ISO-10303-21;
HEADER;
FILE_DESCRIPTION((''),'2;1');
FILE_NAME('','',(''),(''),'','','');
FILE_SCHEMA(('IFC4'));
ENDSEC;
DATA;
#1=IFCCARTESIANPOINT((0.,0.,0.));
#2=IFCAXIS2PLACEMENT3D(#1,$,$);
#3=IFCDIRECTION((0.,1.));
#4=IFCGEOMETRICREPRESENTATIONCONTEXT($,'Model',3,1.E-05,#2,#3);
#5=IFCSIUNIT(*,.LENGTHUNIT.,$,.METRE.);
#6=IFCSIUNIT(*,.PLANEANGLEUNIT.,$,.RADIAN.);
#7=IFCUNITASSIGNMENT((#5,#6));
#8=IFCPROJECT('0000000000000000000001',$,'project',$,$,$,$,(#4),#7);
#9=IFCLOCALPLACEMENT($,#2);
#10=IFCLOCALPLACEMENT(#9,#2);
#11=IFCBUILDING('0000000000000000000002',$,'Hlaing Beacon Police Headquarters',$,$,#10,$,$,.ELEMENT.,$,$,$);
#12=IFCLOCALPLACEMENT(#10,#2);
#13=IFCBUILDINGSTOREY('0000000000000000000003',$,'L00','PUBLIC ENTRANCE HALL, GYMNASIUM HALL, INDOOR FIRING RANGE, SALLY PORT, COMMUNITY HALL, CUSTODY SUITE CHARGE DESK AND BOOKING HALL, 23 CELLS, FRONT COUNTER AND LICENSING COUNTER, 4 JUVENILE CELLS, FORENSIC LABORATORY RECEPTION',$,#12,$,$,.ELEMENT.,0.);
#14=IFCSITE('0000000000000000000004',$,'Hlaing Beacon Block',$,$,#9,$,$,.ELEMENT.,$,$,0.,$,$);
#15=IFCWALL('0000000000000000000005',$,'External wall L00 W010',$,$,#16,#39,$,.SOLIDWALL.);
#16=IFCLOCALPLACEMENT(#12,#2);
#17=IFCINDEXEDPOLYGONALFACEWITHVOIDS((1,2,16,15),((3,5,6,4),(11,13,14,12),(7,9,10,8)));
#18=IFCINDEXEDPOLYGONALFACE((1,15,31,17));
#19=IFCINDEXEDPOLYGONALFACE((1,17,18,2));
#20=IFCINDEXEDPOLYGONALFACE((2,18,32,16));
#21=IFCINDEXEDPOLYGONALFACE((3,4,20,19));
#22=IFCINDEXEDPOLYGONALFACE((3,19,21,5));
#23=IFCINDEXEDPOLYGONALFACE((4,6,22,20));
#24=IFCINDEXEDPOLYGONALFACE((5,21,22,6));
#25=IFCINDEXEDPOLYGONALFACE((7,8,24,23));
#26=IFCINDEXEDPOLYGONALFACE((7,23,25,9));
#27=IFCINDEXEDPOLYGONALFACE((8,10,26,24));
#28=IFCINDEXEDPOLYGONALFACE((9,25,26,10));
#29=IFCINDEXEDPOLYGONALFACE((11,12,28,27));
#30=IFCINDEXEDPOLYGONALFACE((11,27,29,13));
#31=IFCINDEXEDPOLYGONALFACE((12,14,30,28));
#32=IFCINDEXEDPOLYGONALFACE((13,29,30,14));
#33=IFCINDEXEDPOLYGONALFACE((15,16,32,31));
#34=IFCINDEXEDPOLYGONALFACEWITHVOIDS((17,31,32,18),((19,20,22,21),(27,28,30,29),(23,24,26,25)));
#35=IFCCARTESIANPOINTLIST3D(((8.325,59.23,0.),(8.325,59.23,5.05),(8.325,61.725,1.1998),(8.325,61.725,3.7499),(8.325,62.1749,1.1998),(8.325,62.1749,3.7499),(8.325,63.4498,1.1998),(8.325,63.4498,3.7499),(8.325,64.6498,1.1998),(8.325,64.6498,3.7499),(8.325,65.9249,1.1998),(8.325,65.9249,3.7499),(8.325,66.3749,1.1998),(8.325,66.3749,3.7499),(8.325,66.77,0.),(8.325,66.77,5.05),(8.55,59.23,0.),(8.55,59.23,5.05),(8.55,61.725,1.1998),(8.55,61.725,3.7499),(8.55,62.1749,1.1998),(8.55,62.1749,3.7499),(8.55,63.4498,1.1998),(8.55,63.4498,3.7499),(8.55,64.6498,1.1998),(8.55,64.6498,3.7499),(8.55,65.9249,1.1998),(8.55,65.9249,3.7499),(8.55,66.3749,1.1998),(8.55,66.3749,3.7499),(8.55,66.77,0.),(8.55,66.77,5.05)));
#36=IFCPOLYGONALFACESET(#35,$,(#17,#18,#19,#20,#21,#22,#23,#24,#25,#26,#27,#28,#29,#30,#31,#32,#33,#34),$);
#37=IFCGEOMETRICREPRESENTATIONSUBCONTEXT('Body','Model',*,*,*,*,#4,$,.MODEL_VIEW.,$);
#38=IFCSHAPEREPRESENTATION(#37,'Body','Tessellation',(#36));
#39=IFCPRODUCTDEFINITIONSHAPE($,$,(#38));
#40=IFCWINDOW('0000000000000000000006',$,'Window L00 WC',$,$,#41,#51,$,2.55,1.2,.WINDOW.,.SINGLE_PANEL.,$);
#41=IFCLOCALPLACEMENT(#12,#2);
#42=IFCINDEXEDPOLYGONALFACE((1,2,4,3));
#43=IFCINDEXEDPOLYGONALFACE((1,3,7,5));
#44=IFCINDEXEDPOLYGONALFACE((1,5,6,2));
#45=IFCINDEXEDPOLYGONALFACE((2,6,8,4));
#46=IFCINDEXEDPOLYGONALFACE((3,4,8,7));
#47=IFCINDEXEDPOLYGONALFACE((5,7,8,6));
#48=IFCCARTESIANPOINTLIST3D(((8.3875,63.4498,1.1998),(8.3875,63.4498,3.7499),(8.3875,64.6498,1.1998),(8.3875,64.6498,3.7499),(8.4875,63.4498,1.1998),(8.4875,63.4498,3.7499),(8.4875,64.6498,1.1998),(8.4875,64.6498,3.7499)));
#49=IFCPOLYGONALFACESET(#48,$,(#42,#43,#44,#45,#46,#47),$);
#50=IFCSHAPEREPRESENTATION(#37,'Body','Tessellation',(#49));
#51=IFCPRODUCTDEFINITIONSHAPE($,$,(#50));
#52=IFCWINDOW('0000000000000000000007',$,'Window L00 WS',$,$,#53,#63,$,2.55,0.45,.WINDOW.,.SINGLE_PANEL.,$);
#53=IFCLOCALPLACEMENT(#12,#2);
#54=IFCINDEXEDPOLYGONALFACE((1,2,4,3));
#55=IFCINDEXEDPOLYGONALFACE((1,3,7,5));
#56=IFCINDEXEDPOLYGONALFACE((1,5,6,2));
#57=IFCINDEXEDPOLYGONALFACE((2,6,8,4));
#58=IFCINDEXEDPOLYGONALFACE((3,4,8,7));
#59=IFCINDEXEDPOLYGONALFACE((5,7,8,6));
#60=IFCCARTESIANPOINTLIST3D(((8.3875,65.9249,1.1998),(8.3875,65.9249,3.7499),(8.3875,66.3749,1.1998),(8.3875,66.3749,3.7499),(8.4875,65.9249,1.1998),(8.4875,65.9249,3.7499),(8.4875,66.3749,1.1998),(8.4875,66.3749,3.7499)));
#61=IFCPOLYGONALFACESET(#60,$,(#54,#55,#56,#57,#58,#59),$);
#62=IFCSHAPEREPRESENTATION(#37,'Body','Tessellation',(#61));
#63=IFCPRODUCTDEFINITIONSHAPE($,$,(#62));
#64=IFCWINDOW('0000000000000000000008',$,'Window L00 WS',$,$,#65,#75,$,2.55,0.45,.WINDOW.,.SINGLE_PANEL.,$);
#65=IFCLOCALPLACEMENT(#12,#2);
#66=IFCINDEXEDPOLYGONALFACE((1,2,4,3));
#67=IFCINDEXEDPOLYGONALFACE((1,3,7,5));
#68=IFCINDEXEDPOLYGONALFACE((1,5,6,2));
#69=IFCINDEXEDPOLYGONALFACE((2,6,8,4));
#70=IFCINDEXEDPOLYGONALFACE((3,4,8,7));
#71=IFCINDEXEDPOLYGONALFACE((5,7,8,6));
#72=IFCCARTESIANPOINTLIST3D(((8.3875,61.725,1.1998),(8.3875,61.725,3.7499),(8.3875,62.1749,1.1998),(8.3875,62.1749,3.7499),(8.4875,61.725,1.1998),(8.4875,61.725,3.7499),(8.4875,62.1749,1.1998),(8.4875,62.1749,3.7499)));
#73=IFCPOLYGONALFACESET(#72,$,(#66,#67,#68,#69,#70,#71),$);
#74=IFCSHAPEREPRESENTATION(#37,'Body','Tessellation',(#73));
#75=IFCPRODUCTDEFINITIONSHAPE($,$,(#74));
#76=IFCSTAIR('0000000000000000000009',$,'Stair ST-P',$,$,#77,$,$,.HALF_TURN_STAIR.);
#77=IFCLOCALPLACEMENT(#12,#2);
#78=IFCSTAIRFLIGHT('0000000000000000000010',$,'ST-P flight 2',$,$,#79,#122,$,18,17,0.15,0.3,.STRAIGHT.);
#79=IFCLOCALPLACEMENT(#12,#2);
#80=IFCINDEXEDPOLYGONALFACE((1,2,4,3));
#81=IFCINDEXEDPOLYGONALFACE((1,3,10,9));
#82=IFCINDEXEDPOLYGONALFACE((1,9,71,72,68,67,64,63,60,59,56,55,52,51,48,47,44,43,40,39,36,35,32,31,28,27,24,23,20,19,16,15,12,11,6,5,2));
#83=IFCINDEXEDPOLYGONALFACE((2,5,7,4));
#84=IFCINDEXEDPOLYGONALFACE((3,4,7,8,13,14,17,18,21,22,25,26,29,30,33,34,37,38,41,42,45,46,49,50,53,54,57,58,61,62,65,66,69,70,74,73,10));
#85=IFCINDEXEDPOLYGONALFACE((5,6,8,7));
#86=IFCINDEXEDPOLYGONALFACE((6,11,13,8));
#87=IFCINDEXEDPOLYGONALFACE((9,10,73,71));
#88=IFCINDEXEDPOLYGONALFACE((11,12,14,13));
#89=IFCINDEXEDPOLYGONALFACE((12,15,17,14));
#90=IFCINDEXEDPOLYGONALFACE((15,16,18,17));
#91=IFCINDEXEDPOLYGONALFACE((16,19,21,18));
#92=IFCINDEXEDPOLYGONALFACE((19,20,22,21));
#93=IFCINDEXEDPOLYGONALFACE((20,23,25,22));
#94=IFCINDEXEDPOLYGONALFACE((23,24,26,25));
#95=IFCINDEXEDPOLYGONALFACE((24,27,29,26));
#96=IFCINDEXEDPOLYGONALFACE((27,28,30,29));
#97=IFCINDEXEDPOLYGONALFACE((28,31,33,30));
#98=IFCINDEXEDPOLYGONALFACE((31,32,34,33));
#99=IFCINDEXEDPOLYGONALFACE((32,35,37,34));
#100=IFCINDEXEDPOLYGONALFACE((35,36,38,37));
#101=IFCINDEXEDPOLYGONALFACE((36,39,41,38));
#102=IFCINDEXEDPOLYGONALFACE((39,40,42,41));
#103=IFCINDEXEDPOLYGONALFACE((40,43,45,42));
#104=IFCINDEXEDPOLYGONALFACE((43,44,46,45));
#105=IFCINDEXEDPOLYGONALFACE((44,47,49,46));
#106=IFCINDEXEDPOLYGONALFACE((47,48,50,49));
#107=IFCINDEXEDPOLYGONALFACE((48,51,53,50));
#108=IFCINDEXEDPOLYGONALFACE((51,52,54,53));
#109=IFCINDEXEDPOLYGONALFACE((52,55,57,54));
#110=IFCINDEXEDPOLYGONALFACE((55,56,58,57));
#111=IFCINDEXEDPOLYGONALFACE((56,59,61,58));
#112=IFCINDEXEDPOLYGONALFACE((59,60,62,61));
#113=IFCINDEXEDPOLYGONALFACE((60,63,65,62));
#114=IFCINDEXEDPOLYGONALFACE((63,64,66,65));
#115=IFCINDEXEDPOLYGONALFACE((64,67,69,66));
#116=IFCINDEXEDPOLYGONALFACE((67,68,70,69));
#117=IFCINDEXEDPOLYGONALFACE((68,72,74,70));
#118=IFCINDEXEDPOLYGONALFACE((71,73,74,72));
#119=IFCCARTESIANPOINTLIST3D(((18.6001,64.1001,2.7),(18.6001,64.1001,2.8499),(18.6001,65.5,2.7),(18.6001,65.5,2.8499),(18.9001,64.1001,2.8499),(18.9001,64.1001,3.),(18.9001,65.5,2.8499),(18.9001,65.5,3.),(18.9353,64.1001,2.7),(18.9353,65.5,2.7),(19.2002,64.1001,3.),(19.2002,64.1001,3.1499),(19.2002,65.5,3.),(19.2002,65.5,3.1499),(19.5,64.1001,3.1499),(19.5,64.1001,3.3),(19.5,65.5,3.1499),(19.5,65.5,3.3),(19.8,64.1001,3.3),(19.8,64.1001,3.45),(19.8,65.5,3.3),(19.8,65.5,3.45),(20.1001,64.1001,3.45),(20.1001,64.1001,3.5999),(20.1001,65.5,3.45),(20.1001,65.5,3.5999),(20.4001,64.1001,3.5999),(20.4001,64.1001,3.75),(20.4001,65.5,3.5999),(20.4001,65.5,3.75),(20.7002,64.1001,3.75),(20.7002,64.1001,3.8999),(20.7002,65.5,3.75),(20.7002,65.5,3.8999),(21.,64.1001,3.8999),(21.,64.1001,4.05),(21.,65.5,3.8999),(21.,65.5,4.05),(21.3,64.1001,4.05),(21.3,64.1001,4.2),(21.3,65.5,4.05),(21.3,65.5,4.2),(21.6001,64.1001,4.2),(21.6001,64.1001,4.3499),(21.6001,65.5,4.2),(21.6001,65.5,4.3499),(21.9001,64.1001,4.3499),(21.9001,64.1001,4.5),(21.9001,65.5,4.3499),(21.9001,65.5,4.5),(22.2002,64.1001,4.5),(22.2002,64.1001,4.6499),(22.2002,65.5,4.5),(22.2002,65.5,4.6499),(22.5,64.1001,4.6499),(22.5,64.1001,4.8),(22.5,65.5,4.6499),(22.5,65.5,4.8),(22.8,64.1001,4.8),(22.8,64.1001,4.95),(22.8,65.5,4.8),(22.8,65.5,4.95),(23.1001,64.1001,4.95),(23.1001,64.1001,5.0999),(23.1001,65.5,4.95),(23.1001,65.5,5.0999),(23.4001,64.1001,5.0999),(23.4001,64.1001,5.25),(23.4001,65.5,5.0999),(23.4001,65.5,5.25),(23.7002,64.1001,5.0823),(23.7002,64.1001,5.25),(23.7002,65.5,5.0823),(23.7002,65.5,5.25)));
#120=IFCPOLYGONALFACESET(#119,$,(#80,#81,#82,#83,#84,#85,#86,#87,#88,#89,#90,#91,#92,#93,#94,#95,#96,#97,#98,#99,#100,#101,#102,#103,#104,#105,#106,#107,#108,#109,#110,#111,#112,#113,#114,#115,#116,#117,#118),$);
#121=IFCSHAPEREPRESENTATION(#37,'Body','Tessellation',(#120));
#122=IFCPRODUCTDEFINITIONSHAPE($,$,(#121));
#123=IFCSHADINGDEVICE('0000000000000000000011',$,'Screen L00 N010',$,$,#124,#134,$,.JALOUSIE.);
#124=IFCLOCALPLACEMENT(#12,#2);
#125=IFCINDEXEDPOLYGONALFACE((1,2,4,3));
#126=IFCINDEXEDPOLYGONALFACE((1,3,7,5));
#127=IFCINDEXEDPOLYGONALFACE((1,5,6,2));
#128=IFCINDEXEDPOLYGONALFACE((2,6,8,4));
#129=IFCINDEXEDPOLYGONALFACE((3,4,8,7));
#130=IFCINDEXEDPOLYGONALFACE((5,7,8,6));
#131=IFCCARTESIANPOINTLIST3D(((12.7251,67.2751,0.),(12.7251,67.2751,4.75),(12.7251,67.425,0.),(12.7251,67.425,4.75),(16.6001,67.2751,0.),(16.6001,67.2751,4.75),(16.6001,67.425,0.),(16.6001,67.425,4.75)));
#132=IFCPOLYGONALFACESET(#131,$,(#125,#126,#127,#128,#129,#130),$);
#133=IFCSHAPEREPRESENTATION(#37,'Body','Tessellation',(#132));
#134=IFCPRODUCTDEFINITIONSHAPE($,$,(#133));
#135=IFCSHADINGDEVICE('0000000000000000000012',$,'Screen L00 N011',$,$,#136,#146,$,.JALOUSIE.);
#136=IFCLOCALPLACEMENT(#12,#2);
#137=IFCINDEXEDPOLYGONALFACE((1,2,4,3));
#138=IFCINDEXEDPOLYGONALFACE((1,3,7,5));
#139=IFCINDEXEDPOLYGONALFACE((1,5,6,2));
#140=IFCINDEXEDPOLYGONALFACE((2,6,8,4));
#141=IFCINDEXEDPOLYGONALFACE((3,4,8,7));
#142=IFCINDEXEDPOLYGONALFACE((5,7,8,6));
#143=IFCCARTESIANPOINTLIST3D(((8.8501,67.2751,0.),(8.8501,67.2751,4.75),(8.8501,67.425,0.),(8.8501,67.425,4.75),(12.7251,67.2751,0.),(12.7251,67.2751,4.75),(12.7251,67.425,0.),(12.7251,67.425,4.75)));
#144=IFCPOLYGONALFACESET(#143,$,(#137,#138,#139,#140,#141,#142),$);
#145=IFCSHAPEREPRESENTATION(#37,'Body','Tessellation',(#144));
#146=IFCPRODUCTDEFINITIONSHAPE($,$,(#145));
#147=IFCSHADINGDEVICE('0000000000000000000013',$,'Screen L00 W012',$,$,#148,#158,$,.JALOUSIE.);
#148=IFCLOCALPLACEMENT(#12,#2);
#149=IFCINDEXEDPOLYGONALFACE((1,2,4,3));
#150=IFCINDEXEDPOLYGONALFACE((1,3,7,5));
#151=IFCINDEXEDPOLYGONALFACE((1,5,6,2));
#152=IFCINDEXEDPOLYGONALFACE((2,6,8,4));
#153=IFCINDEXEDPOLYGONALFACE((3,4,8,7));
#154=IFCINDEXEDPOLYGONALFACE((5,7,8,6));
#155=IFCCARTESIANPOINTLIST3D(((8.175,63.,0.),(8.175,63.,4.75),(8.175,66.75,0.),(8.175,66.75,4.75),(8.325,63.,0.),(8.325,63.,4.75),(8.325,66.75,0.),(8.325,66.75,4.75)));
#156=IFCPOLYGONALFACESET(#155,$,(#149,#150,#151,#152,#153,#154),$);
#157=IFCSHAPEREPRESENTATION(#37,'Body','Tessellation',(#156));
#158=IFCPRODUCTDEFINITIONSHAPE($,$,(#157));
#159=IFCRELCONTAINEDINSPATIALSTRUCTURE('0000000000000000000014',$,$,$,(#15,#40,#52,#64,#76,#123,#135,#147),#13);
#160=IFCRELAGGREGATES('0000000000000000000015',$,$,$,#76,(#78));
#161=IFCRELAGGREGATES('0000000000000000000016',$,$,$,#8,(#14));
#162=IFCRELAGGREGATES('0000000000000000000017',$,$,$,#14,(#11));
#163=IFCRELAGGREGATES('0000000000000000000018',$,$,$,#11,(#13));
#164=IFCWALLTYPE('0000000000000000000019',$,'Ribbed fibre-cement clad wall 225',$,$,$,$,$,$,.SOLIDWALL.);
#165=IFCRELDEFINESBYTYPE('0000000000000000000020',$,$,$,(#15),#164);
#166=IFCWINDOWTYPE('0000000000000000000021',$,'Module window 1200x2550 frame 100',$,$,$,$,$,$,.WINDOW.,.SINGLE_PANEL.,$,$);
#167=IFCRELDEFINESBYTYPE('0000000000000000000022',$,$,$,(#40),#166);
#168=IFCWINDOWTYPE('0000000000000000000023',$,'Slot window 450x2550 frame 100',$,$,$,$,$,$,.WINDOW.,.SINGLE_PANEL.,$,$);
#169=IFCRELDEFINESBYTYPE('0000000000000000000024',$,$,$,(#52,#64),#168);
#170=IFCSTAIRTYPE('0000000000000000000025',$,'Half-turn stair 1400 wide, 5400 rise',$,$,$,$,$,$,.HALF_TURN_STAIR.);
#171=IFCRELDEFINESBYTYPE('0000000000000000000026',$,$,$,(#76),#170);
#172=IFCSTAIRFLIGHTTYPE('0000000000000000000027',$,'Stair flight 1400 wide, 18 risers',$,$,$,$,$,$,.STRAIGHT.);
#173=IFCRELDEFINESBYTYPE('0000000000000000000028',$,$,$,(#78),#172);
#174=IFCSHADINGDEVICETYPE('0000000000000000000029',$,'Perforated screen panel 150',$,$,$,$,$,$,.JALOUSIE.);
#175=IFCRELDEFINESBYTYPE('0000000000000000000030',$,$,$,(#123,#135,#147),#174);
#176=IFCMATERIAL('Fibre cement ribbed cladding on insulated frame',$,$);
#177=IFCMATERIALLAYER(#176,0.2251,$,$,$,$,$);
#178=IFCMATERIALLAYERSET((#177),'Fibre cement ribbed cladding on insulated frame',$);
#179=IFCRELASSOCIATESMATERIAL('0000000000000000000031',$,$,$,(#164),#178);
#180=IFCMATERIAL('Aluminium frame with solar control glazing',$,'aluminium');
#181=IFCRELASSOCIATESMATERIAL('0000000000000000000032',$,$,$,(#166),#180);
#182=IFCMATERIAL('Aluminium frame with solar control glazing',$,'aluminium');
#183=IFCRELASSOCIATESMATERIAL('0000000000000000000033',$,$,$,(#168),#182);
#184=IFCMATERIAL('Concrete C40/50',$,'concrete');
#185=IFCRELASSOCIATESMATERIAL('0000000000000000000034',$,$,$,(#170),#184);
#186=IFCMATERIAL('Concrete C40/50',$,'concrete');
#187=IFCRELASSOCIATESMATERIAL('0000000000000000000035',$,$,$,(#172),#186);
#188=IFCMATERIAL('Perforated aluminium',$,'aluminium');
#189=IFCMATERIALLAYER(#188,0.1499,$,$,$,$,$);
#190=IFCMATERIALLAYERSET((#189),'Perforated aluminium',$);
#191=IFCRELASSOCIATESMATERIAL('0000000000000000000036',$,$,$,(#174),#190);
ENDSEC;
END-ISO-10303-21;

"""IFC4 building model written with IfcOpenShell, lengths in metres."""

from ifc_helpers import new_model, si_unit, direction, frame, frame_2d, origin, origin_2d, place, context, subcontext, project, spatial, polyline, rectangle, outline, extrude, material, layer, layer_set, type_object, element, fill, aggregate, save


model = new_model("IFC4")

# Units and contexts
model_context = context("Model", 3, precision=1e-05, world=origin(), true_north=direction((0.0, 1.0)))
body_context = subcontext(model_context, "Body", "Model", "MODEL_VIEW")
ifc_project = project(units=[si_unit("LENGTHUNIT", "METRE"), si_unit("PLANEANGLEUNIT", "RADIAN")], contexts=[model_context])

# Site, building, storey
site_placement = place(None, origin())
site = spatial("IfcSite", under=ifc_project, at=site_placement, Name="Hlaing Beacon Block", CompositionType="ELEMENT", RefElevation=0.0)
building_placement = place(site_placement, origin())
building = spatial("IfcBuilding", under=site, at=building_placement, Name="Hlaing Beacon Police Headquarters", CompositionType="ELEMENT")
storey_placement = place(building_placement, origin())
storey = spatial("IfcBuildingStorey", under=building, at=storey_placement, Name="L00", Description="PUBLIC ENTRANCE HALL, GYMNASIUM HALL, INDOOR FIRING RANGE, SALLY PORT, COMMUNITY HALL, CUSTODY SUITE CHARGE DESK AND BOOKING HALL, 23 CELLS, FRONT COUNTER AND LICENSING COUNTER, 4 JUVENILE CELLS, FORENSIC LABORATORY RECEPTION", CompositionType="ELEMENT", Elevation=0.0)

# Wall, openings, windows
ifc_material_1 = material(Name="Fibre cement ribbed cladding on insulated frame")
ifc_layer_1 = layer(ifc_material_1, 0.2251)
ifc_layer_set_1 = layer_set([ifc_layer_1], Name="Fibre cement ribbed cladding on insulated frame")
wall_type_1 = type_object("IfcWallType", Name="Ribbed fibre-cement clad wall 225", PredefinedType="SOLIDWALL", material=ifc_layer_set_1)
wall_1_placement = place(storey_placement, frame((8.4375, 66.77, 0.0), z_axis=(0.0, 0.0, 1.0), x_axis=(0.0, -1.0, 0.0)))
wall_1 = element("IfcWall", 1, at=wall_1_placement, inside=storey, type_object=wall_type_1, Name="External wall L00 W010", PredefinedType="SOLIDWALL", context=body_context, shape_type="SweptSolid", body=[
    extrude(rectangle(XDim=7.54, YDim=0.2251, at=frame_2d((3.77, 0.0))), origin(), (0.0, 0.0, 1.0), 5.05),
])
opening_1_placement = place(wall_1_placement, frame((0.395, 0.0, 1.2)))
opening_1 = element("IfcOpeningElement", 2, at=opening_1_placement, cuts=wall_1, PredefinedType="OPENING", context=body_context, shape_type="SweptSolid", body=[
    extrude(rectangle(XDim=0.45, YDim=2.55, at=frame_2d((0.2251, 1.2749))), frame((0.0, 0.1226, 0.0), z_axis=(0.0, -1.0, 0.0), x_axis=(1.0, 0.0, 0.0)), (0.0, 0.0, 1.0), 0.2451),
])
opening_2_placement = place(wall_1_placement, frame((2.1201, 0.0, 1.2)))
opening_2 = element("IfcOpeningElement", 3, at=opening_2_placement, cuts=wall_1, PredefinedType="OPENING", context=body_context, shape_type="SweptSolid", body=[
    extrude(rectangle(XDim=1.2, YDim=2.55, at=frame_2d((0.6001, 1.2749))), frame((0.0, 0.1226, 0.0), z_axis=(0.0, -1.0, 0.0), x_axis=(1.0, 0.0, 0.0)), (0.0, 0.0, 1.0), 0.2451),
])
opening_3_placement = place(wall_1_placement, frame((4.595, 0.0, 1.2)))
opening_3 = element("IfcOpeningElement", 4, at=opening_3_placement, cuts=wall_1, PredefinedType="OPENING", context=body_context, shape_type="SweptSolid", body=[
    extrude(rectangle(XDim=0.45, YDim=2.55, at=frame_2d((0.2251, 1.2749))), frame((0.0, 0.1226, 0.0), z_axis=(0.0, -1.0, 0.0), x_axis=(1.0, 0.0, 0.0)), (0.0, 0.0, 1.0), 0.2451),
])
ifc_material_2 = material(Name="Aluminium frame with solar control glazing", Category="aluminium")
window_type_1 = type_object("IfcWindowType", Name="Module window 1200x2550 frame 100", PartitioningType="SINGLE_PANEL", PredefinedType="WINDOW", material=ifc_material_2)
window_1_placement = place(opening_2_placement, origin())
window_1 = element("IfcWindow", 5, at=window_1_placement, inside=storey, type_object=window_type_1, Name="Window L00 WC", OverallHeight=2.55, OverallWidth=1.2, PartitioningType="SINGLE_PANEL", PredefinedType="WINDOW", context=body_context, shape_type="SweptSolid", body=[
    extrude(rectangle(XDim=1.2, YDim=2.55, at=frame_2d((0.6001, 1.2749))), frame((0.0, 0.05, 0.0), z_axis=(0.0, -1.0, 0.0), x_axis=(1.0, 0.0, 0.0)), (0.0, 0.0, 1.0), 0.1001),
])
fill(opening_2, window_1)
ifc_material_3 = material(Name="Aluminium frame with solar control glazing", Category="aluminium")
window_type_2 = type_object("IfcWindowType", Name="Slot window 450x2550 frame 100", PartitioningType="SINGLE_PANEL", PredefinedType="WINDOW", material=ifc_material_3)
window_2_placement = place(opening_1_placement, origin())
window_2 = element("IfcWindow", 6, at=window_2_placement, inside=storey, type_object=window_type_2, Name="Window L00 WS", OverallHeight=2.55, OverallWidth=0.45, PartitioningType="SINGLE_PANEL", PredefinedType="WINDOW", context=body_context, shape_type="SweptSolid", body=[
    extrude(rectangle(XDim=0.45, YDim=2.55, at=frame_2d((0.2251, 1.2749))), frame((0.0, 0.05, 0.0), z_axis=(0.0, -1.0, 0.0), x_axis=(1.0, 0.0, 0.0)), (0.0, 0.0, 1.0), 0.1001),
])
fill(opening_1, window_2)
window_3_placement = place(opening_3_placement, origin())
window_3 = element("IfcWindow", 7, at=window_3_placement, inside=storey, type_object=window_type_2, Name="Window L00 WS", OverallHeight=2.55, OverallWidth=0.45, PartitioningType="SINGLE_PANEL", PredefinedType="WINDOW", context=body_context, shape_type="SweptSolid", body=[
    extrude(rectangle(XDim=0.45, YDim=2.55, at=frame_2d((0.2251, 1.2749))), frame((0.0, 0.05, 0.0), z_axis=(0.0, -1.0, 0.0), x_axis=(1.0, 0.0, 0.0)), (0.0, 0.0, 1.0), 0.1001),
])
fill(opening_3, window_3)

# Stair, stair flight
ifc_material_4 = material(Name="Concrete C40/50", Category="concrete")
stair_type = type_object("IfcStairType", Name="Half-turn stair 1400 wide, 5400 rise", PredefinedType="HALF_TURN_STAIR", material=ifc_material_4)
stair_placement = place(storey_placement, origin())
stair = element("IfcStair", 8, at=stair_placement, inside=storey, type_object=stair_type, Name="Stair ST-P", PredefinedType="HALF_TURN_STAIR")
ifc_material_5 = material(Name="Concrete C40/50", Category="concrete")
stair_flight_type = type_object("IfcStairFlightType", Name="Stair flight 1400 wide, 18 risers", PredefinedType="STRAIGHT", material=ifc_material_5)
stair_flight_placement = place(storey_placement, frame((18.6001, 64.8, 2.7), z_axis=(0.0, 0.0, 1.0), x_axis=(1.0, 0.0, 0.0)))
stair_flight = element("IfcStairFlight", 9, at=stair_flight_placement, type_object=stair_flight_type, Name="ST-P flight 2", NumberOfRisers=18, NumberOfTreads=17, PredefinedType="STRAIGHT", RiserHeight=0.15, TreadLength=0.3, context=body_context, shape_type="SweptSolid", body=[
    extrude(outline(polyline([(0.0, 0.0), (0.0, 0.1499), (0.3, 0.1499), (0.3, 0.3), (0.6001, 0.3), (0.6001, 0.45), (0.8999, 0.45), (0.8999, 0.6001), (1.2, 0.6001), (1.2, 0.75), (1.5, 0.75), (1.5, 0.8999), (1.8, 0.8999), (1.8, 1.05), (2.1001, 1.05), (2.1001, 1.2), (2.3999, 1.2), (2.3999, 1.3501), (2.7, 1.3501), (2.7, 1.5), (3.0, 1.5), (3.0, 1.6499), (3.3, 1.6499), (3.3, 1.8), (3.6001, 1.8), (3.6001, 1.95), (3.8999, 1.95), (3.8999, 2.1001), (4.2, 2.1001), (4.2, 2.25), (4.5, 2.25), (4.5, 2.3999), (4.8, 2.3999), (4.8, 2.55), (5.1001, 2.55), (5.1001, 2.7), (5.1001, 2.3823), (0.3352, 0.0), (0.0, 0.0)])), frame((0.0, 0.7, 0.0), z_axis=(0.0, -1.0, 0.0), x_axis=(1.0, 0.0, 0.0)), (0.0, 0.0, 1.0), 1.3999),
])
aggregate(stair, [stair_flight])

# Shading devices
ifc_material_6 = material(Name="Perforated aluminium", Category="aluminium")
ifc_layer_2 = layer(ifc_material_6, 0.1499)
ifc_layer_set_2 = layer_set([ifc_layer_2], Name="Perforated aluminium")
shading_device_type = type_object("IfcShadingDeviceType", Name="Perforated screen panel 150", PredefinedType="JALOUSIE", material=ifc_layer_set_2)
for number, where, z_axis, x_axis, name in (
    (10, (14.6626, 67.3501, 0.0), (0.0, 0.0, 1.0), (-1.0, 0.0, 0.0), "Screen L00 N010"),
    (11, (10.7876, 67.3501, 0.0), (0.0, 0.0, 1.0), (-1.0, 0.0, 0.0), "Screen L00 N011"),
):
    element("IfcShadingDevice", number, at=place(storey_placement, frame(where, z_axis=z_axis, x_axis=x_axis)), inside=storey, type_object=shading_device_type, Name=name, PredefinedType="JALOUSIE", context=body_context, shape_type="SweptSolid", body=[
        extrude(rectangle(XDim=3.875, YDim=0.1499, at=origin_2d()), origin(), (0.0, 0.0, 1.0), 4.75),
    ])
shading_device_placement = place(storey_placement, frame((8.25, 64.875, 0.0), z_axis=(0.0, 0.0, 1.0), x_axis=(0.0, -1.0, 0.0)))
element("IfcShadingDevice", 12, at=shading_device_placement, inside=storey, type_object=shading_device_type, Name="Screen L00 W012", PredefinedType="JALOUSIE", context=body_context, shape_type="SweptSolid", body=[
    extrude(rectangle(XDim=3.75, YDim=0.1499, at=origin_2d()), origin(), (0.0, 0.0, 1.0), 4.75),
])

save(model, "model.ifc")
